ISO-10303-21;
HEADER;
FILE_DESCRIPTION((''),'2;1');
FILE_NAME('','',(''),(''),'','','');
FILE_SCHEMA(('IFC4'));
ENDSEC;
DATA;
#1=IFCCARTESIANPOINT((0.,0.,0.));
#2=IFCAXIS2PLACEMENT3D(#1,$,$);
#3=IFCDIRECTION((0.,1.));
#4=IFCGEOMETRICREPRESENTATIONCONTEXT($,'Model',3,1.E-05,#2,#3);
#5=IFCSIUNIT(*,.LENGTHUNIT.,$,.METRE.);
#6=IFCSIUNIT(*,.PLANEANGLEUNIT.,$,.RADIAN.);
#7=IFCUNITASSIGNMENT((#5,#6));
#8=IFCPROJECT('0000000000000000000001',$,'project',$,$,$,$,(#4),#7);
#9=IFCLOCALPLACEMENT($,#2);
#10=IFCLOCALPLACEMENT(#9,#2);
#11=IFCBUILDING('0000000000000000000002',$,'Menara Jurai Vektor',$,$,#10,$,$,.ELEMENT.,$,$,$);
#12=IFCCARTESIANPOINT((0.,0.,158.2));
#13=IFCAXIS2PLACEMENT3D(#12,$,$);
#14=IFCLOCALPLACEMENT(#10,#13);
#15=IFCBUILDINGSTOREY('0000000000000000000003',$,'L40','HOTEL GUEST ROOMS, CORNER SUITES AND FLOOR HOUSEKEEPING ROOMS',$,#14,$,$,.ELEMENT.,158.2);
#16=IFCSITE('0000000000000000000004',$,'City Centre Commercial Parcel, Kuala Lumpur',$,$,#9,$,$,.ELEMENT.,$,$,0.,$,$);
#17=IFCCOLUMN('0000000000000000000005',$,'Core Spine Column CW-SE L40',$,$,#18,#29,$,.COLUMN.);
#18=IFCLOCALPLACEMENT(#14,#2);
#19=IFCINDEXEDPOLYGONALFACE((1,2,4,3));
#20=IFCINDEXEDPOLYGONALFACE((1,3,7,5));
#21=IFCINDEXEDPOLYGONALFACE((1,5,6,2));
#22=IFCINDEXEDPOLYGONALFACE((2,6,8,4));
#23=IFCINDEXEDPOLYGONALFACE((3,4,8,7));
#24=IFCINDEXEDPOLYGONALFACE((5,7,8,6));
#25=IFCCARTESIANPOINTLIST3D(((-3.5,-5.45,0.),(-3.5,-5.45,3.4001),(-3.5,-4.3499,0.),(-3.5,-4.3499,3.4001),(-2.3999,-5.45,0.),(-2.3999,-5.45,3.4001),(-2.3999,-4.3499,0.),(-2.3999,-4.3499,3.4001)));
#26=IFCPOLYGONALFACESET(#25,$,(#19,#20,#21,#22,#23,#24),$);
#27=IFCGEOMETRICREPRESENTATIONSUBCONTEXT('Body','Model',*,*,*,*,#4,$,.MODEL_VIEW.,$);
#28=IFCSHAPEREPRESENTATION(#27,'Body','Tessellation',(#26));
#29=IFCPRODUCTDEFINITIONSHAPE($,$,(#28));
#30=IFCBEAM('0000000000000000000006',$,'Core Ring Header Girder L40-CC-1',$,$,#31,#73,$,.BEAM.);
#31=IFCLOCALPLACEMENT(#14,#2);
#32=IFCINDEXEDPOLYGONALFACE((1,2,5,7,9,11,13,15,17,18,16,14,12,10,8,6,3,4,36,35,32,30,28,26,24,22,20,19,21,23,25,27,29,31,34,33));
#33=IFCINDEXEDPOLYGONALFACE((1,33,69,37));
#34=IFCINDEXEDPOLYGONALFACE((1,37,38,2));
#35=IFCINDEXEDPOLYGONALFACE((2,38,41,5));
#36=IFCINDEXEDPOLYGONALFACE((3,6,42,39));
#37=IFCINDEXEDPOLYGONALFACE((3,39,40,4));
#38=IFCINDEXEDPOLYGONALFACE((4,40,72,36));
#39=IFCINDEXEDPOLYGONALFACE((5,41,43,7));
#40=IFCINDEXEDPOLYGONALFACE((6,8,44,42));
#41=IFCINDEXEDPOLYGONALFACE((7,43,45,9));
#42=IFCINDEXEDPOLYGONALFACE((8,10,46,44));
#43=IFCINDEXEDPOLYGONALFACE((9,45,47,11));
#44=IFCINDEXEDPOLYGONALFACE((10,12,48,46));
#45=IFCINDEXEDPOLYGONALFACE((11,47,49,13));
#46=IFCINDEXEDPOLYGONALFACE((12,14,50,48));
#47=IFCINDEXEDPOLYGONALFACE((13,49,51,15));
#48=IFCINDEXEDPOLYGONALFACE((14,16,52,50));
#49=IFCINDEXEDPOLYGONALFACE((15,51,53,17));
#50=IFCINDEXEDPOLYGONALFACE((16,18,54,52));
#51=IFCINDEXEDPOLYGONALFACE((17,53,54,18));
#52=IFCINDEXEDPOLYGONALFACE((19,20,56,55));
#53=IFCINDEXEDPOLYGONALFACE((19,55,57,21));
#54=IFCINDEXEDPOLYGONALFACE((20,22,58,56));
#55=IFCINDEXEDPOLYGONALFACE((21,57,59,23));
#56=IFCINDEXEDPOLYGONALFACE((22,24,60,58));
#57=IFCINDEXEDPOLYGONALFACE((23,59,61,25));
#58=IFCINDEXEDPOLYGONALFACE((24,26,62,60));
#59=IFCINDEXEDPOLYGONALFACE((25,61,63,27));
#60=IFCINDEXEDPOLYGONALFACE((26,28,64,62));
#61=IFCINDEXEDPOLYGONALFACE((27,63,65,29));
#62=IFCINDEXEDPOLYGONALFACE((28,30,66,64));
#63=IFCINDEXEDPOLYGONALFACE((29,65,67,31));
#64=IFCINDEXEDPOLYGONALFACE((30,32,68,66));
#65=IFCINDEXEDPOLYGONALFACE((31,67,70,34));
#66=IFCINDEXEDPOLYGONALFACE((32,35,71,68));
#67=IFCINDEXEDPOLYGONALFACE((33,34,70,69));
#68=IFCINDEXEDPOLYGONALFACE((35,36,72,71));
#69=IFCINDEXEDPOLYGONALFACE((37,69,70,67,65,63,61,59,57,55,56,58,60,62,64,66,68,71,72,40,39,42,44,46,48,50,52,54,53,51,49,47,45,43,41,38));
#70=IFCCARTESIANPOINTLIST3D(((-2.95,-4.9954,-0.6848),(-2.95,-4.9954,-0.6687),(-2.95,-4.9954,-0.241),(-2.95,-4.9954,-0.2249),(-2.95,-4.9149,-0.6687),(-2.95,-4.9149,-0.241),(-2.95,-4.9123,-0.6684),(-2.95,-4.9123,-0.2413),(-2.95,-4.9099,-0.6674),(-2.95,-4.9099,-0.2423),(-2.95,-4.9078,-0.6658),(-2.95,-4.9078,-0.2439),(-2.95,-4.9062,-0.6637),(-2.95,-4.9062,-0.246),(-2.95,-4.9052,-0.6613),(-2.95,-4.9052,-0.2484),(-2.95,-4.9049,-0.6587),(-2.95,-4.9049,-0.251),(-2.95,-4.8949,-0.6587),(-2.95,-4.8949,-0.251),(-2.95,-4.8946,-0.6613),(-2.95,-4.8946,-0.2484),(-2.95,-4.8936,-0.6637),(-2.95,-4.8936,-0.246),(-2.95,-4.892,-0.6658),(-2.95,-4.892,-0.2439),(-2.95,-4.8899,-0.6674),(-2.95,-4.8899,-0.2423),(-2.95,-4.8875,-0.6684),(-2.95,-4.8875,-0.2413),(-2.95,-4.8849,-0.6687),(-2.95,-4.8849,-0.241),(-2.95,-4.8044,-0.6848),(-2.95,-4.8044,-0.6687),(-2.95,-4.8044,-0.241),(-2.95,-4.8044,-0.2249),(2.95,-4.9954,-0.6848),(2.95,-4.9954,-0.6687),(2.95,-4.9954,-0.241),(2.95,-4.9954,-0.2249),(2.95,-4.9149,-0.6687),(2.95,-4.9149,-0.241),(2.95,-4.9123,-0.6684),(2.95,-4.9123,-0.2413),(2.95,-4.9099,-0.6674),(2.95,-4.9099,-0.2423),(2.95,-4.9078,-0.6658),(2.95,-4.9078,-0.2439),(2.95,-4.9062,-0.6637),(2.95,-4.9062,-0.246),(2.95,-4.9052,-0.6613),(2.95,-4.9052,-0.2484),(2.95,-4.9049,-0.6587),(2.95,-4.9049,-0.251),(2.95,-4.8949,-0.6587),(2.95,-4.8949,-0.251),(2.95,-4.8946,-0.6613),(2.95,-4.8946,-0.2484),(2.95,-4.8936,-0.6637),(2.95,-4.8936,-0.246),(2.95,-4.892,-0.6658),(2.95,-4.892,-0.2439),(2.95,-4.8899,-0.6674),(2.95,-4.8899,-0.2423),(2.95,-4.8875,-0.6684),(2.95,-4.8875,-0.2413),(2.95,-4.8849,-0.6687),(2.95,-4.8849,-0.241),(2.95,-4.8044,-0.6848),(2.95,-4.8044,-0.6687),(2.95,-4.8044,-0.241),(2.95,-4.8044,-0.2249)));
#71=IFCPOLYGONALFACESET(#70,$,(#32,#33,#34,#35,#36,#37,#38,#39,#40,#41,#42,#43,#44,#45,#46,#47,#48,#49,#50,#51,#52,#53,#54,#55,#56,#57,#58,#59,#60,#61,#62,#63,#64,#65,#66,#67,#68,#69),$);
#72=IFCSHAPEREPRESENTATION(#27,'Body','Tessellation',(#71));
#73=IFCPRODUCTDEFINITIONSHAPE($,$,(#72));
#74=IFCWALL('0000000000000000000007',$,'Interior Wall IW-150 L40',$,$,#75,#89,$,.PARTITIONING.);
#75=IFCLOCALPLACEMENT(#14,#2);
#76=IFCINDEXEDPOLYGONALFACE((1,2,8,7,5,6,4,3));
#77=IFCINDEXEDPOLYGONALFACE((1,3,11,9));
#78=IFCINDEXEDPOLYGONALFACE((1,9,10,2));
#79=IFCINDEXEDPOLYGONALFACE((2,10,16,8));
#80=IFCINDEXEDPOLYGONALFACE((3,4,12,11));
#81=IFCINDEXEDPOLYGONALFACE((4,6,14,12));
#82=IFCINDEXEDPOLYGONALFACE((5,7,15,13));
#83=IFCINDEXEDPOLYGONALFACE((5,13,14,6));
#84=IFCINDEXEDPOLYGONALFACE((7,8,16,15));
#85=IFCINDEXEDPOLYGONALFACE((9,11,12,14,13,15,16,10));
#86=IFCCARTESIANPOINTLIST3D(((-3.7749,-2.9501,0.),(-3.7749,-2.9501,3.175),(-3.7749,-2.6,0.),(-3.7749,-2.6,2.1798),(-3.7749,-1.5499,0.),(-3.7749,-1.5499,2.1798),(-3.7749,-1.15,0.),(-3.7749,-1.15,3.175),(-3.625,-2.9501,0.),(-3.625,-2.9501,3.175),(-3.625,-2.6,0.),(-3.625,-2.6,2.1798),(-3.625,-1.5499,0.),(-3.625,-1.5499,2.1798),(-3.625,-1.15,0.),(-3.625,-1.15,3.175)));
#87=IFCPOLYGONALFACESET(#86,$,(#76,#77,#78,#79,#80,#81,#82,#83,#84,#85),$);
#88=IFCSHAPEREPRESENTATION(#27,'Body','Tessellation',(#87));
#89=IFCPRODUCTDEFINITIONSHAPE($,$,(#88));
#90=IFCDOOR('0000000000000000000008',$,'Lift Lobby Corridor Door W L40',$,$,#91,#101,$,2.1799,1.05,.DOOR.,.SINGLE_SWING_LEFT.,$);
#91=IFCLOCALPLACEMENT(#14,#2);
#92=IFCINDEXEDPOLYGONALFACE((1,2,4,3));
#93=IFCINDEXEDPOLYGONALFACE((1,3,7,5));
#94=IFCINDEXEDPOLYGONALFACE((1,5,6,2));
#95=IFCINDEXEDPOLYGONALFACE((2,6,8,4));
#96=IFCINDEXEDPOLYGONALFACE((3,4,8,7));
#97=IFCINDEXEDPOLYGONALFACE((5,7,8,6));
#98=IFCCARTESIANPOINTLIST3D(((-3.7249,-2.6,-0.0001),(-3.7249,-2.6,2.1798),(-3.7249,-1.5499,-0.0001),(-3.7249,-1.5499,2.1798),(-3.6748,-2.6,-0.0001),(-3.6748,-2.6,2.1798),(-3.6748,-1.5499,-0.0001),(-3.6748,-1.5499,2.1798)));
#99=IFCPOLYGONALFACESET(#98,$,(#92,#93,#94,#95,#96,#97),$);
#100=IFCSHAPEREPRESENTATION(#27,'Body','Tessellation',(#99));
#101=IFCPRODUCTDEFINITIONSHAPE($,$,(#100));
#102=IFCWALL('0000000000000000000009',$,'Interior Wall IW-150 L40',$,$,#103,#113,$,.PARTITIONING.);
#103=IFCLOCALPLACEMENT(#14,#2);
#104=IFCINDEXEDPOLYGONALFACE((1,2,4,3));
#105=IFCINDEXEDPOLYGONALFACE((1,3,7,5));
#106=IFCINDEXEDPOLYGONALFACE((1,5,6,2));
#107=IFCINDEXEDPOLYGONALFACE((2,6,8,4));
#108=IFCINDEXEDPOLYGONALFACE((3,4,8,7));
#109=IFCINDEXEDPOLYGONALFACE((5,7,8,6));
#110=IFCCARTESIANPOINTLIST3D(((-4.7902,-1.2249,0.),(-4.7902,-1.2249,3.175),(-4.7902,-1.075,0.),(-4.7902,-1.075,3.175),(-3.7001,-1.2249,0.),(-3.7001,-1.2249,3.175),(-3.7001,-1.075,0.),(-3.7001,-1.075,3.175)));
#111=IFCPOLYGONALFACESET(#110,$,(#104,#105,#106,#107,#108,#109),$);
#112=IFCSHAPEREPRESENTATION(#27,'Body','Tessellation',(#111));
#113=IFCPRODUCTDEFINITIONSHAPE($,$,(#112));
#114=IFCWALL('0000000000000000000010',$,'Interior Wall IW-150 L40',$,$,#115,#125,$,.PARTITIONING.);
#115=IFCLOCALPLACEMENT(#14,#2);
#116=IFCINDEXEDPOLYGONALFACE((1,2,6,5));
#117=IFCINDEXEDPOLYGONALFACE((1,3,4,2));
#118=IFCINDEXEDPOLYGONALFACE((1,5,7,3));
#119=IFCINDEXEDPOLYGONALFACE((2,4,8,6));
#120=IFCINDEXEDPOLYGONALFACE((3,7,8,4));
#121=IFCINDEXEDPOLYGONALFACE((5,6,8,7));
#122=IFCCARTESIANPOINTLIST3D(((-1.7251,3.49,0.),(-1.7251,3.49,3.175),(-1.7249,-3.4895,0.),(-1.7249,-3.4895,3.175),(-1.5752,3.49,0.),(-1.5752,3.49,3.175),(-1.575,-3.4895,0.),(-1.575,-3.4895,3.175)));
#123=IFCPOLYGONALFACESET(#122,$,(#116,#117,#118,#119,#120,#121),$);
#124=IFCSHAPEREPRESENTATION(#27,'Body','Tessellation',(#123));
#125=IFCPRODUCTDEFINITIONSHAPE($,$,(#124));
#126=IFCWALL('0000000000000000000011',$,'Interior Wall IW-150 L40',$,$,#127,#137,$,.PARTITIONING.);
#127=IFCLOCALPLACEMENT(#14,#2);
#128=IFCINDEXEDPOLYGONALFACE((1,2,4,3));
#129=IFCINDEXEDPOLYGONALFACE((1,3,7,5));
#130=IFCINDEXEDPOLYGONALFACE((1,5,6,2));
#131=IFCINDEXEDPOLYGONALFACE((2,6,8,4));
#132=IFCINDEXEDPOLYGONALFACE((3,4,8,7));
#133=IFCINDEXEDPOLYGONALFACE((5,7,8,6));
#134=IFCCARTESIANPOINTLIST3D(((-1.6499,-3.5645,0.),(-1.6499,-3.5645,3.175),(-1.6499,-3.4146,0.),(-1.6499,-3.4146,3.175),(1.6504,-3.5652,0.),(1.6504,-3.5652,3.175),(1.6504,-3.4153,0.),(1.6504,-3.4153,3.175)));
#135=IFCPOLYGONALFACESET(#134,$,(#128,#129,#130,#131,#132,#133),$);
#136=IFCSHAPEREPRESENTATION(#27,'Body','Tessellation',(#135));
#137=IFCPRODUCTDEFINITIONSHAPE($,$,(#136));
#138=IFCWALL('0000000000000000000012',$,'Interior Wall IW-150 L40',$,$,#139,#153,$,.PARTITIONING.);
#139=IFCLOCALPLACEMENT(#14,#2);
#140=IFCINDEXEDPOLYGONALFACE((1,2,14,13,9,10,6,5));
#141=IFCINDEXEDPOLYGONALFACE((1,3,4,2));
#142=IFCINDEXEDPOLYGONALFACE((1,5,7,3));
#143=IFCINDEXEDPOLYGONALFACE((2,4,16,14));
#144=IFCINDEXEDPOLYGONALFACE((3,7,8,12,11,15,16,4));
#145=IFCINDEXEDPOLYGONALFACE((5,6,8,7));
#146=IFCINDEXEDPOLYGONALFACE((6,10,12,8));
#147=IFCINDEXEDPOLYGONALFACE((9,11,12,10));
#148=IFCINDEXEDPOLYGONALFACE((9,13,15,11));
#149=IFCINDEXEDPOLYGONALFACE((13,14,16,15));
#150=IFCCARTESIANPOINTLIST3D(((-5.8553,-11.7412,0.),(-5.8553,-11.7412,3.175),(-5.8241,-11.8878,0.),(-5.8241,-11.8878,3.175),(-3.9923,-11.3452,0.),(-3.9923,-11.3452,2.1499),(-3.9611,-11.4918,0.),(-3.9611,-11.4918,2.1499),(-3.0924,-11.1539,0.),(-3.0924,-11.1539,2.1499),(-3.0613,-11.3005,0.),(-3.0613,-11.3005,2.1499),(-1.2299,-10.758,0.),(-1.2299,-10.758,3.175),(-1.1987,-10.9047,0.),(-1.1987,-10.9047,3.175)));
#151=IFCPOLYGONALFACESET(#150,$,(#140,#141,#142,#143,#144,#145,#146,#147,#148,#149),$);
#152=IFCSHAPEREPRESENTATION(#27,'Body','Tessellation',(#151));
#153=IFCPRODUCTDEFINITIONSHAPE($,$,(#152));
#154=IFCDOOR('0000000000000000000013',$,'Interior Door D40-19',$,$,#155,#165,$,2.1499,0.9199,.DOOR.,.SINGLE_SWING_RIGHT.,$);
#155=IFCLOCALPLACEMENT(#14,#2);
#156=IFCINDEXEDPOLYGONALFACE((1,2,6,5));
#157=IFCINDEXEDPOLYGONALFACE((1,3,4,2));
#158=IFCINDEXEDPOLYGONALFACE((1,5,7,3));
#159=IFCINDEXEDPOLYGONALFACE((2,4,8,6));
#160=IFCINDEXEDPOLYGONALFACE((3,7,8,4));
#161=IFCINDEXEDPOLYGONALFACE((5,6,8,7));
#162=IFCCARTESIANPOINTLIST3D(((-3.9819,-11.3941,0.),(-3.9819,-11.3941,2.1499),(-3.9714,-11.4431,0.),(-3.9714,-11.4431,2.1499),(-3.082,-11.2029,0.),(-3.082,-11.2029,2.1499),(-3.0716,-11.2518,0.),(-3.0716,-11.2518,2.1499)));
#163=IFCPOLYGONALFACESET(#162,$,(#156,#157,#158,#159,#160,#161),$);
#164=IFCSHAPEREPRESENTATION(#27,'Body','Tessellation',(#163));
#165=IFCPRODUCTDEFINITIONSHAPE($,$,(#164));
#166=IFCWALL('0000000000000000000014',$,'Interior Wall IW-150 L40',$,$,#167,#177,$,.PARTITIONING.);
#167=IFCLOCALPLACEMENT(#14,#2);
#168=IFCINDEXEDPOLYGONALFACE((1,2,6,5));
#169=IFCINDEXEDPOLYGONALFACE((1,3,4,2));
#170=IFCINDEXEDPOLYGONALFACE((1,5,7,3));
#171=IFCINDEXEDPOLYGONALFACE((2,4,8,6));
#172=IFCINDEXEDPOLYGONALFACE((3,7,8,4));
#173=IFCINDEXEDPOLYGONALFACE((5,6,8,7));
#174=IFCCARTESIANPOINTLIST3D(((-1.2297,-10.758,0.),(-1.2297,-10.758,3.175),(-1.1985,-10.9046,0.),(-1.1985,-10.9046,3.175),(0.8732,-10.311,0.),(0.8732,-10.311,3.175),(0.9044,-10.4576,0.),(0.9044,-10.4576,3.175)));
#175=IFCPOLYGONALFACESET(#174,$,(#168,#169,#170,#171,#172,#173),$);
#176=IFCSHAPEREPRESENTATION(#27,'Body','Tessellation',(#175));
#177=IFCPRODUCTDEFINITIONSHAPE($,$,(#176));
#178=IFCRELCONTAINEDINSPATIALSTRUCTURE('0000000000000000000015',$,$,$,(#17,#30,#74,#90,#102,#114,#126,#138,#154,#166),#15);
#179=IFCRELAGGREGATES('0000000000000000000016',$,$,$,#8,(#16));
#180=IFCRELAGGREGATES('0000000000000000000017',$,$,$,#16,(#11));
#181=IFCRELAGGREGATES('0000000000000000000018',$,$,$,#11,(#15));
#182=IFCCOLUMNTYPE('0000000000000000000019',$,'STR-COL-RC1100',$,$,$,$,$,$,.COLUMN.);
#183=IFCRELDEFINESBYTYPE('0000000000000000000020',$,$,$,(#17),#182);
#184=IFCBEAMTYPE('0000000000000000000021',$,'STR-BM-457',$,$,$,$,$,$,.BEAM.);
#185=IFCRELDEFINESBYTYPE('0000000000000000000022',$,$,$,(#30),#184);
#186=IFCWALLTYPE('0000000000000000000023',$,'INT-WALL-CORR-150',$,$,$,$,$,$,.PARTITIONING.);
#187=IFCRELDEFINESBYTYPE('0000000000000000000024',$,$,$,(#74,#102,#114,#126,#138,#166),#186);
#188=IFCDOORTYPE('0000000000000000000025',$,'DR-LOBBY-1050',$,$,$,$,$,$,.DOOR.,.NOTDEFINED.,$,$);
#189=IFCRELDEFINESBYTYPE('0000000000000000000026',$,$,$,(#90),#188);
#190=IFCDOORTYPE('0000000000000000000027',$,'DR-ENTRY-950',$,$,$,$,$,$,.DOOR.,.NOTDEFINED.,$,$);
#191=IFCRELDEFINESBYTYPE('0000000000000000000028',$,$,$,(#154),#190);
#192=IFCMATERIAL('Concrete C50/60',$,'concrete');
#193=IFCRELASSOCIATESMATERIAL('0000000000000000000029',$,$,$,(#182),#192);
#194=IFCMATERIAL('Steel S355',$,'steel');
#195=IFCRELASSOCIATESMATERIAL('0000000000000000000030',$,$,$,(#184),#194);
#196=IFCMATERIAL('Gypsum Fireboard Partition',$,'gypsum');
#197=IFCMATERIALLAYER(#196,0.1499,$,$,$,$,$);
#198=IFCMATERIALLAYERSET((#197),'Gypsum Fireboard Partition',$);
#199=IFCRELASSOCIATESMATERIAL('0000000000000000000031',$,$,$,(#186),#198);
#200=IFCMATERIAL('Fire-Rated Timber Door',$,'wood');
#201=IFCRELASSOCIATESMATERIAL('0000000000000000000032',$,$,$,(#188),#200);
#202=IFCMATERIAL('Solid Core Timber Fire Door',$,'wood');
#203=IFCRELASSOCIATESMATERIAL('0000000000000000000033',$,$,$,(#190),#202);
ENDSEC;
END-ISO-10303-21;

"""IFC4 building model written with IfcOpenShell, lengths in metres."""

from ifc_helpers import new_model, si_unit, direction, frame, frame_2d, origin, origin_2d, place, context, subcontext, project, spatial, rectangle, i_section, extrude, material, layer, layer_set, material_profile, profile_set, type_object, element, fill, save


model = new_model("IFC4")

# Units and contexts
model_context = context("Model", 3, precision=1e-05, world=origin(), true_north=direction((0.0, 1.0)))
body_context = subcontext(model_context, "Body", "Model", "MODEL_VIEW")
ifc_project = project(units=[si_unit("LENGTHUNIT", "METRE"), si_unit("PLANEANGLEUNIT", "RADIAN")], contexts=[model_context])

# Site, building, storey
site_placement = place(None, origin())
site = spatial("IfcSite", under=ifc_project, at=site_placement, Name="City Centre Commercial Parcel, Kuala Lumpur", CompositionType="ELEMENT", RefElevation=0.0)
building_placement = place(site_placement, origin())
building = spatial("IfcBuilding", under=site, at=building_placement, Name="Menara Jurai Vektor", CompositionType="ELEMENT")
storey_placement = place(building_placement, frame((0.0, 0.0, 158.2)))
storey = spatial("IfcBuildingStorey", under=building, at=storey_placement, Name="L40", Description="HOTEL GUEST ROOMS, CORNER SUITES AND FLOOR HOUSEKEEPING ROOMS", CompositionType="ELEMENT", Elevation=158.2)

# Column
ifc_material_1 = material(Name="Concrete C50/60", Category="concrete")
ifc_material_profile_1 = material_profile(ifc_material_1, rectangle(XDim=1.1001, YDim=1.1001, at=origin_2d()), Name="RC 1100x1100")
ifc_profile_set_1 = profile_set([ifc_material_profile_1], Name="Concrete C50/60")
column_type = type_object("IfcColumnType", Name="STR-COL-RC1100", PredefinedType="COLUMN", material=ifc_profile_set_1)
column_placement = place(storey_placement, frame((-2.95, -4.8999, 0.0), z_axis=(0.0, 0.0, 1.0), x_axis=(1.0, 0.0, 0.0)))
element("IfcColumn", 1, at=column_placement, inside=storey, type_object=column_type, Name="Core Spine Column CW-SE L40", PredefinedType="COLUMN", context=body_context, shape_type="SweptSolid", body=[
    extrude(rectangle(XDim=1.1001, YDim=1.1001, at=origin_2d()), origin(), (0.0, 0.0, 1.0), 3.4001),
])

# Beam
ifc_material_2 = material(Name="Steel S355", Category="steel")
ifc_material_profile_2 = material_profile(ifc_material_2, i_section(OverallWidth=0.1909, OverallDepth=0.46, WebThickness=0.01, FlangeThickness=0.0161, FilletRadius=0.01, at=origin_2d()), Name="UKB 457x191x82")
ifc_profile_set_2 = profile_set([ifc_material_profile_2], Name="Steel S355")
beam_type = type_object("IfcBeamType", Name="STR-BM-457", PredefinedType="BEAM", material=ifc_profile_set_2)
beam_placement = place(storey_placement, frame((-2.95, -4.8999, -0.4548), z_axis=(1.0, 0.0, 0.0), x_axis=(0.0, 1.0, 0.0)))
element("IfcBeam", 2, at=beam_placement, inside=storey, type_object=beam_type, Name="Core Ring Header Girder L40-CC-1", PredefinedType="BEAM", context=body_context, shape_type="SweptSolid", body=[
    extrude(i_section(OverallWidth=0.1909, OverallDepth=0.46, WebThickness=0.01, FlangeThickness=0.0161, FilletRadius=0.01, at=origin_2d()), origin(), (0.0, 0.0, 1.0), 5.8999),
])

# Wall, opening, door
ifc_material_3 = material(Name="Gypsum Fireboard Partition", Category="gypsum")
ifc_layer_1 = layer(ifc_material_3, 0.1499)
ifc_layer_set_1 = layer_set([ifc_layer_1], Name="Gypsum Fireboard Partition")
wall_type_1 = type_object("IfcWallType", Name="INT-WALL-CORR-150", PredefinedType="PARTITIONING", material=ifc_layer_set_1)
wall_1_placement = place(storey_placement, frame((-3.7, -2.95, 0.0), z_axis=(0.0, 0.0, 1.0), x_axis=(0.0, 1.0, 0.0)))
wall_1 = element("IfcWall", 3, at=wall_1_placement, inside=storey, type_object=wall_type_1, Name="Interior Wall IW-150 L40", PredefinedType="PARTITIONING", context=body_context, shape_type="SweptSolid", body=[
    extrude(rectangle(XDim=1.8, YDim=0.1499, at=frame_2d((0.8999, 0.0))), origin(), (0.0, 0.0, 1.0), 3.175),
])
opening_1_placement = place(wall_1_placement, frame((0.3501, 0.0, 0.0)))
opening_1 = element("IfcOpeningElement", 4, at=opening_1_placement, cuts=wall_1, PredefinedType="OPENING", context=body_context, shape_type="SweptSolid", body=[
    extrude(rectangle(XDim=1.05, YDim=2.1799, at=frame_2d((0.5249, 1.0898))), frame((0.0, 0.085, 0.0), z_axis=(0.0, -1.0, 0.0), x_axis=(1.0, 0.0, 0.0)), (0.0, 0.0, 1.0), 0.1699),
])
ifc_material_4 = material(Name="Fire-Rated Timber Door", Category="wood")
door_type_1 = type_object("IfcDoorType", Name="DR-LOBBY-1050", OperationType="NOTDEFINED", PredefinedType="DOOR", material=ifc_material_4)
door_1_placement = place(opening_1_placement, origin())
door_1 = element("IfcDoor", 5, at=door_1_placement, inside=storey, type_object=door_type_1, Name="Lift Lobby Corridor Door W L40", OperationType="SINGLE_SWING_LEFT", OverallHeight=2.1799, OverallWidth=1.05, PredefinedType="DOOR", context=body_context, shape_type="SweptSolid", body=[
    extrude(rectangle(XDim=1.05, YDim=2.1799, at=frame_2d((0.5249, 1.0898))), frame((0.0, 0.0249, 0.0), z_axis=(0.0, -1.0, 0.0), x_axis=(1.0, 0.0, 0.0)), (0.0, 0.0, 1.0), 0.05),
])
fill(opening_1, door_1)

# Walls
wall_2_placement = place(storey_placement, frame((-4.79, -1.1499, 0.0), z_axis=(0.0, 0.0, 1.0), x_axis=(1.0, 0.0, 0.0)))
element("IfcWall", 6, at=wall_2_placement, inside=storey, type_object=wall_type_1, Name="Interior Wall IW-150 L40", PredefinedType="PARTITIONING", context=body_context, shape_type="SweptSolid", body=[
    extrude(rectangle(XDim=1.0901, YDim=0.1499, at=frame_2d((0.5449, 0.0))), origin(), (0.0, 0.0, 1.0), 3.175),
])
wall_3_placement = place(storey_placement, frame((-1.6499, -3.4895, 0.0), z_axis=(0.0, 0.0, 1.0), x_axis=(-0.000035, 1.0, 0.0)))
element("IfcWall", 7, at=wall_3_placement, inside=storey, type_object=wall_type_1, Name="Interior Wall IW-150 L40", PredefinedType="PARTITIONING", context=body_context, shape_type="SweptSolid", body=[
    extrude(rectangle(XDim=6.9795, YDim=0.1499, at=frame_2d((3.4897, 0.0))), origin(), (0.0, 0.0, 1.0), 3.175),
])
wall_4_placement = place(storey_placement, frame((-1.6499, -3.4895, 0.0), z_axis=(0.0, 0.0, 1.0), x_axis=(1.0, -0.000222, 0.0)))
element("IfcWall", 8, at=wall_4_placement, inside=storey, type_object=wall_type_1, Name="Interior Wall IW-150 L40", PredefinedType="PARTITIONING", context=body_context, shape_type="SweptSolid", body=[
    extrude(rectangle(XDim=3.3003, YDim=0.1499, at=frame_2d((1.6501, 0.0))), origin(), (0.0, 0.0, 1.0), 3.175),
])

# Wall, opening, door
wall_5_placement = place(storey_placement, frame((-5.8396, -11.8145, 0.0), z_axis=(0.0, 0.0, 1.0), x_axis=(0.978149, 0.207907, 0.0)))
wall_5 = element("IfcWall", 9, at=wall_5_placement, inside=storey, type_object=wall_type_1, Name="Interior Wall IW-150 L40", PredefinedType="PARTITIONING", context=body_context, shape_type="SweptSolid", body=[
    extrude(rectangle(XDim=4.7288, YDim=0.1499, at=frame_2d((2.3643, 0.0))), origin(), (0.0, 0.0, 1.0), 3.175),
])
opening_2_placement = place(wall_5_placement, frame((1.9045, 0.0, 0.0)))
opening_2 = element("IfcOpeningElement", 10, at=opening_2_placement, cuts=wall_5, PredefinedType="OPENING", context=body_context, shape_type="SweptSolid", body=[
    extrude(rectangle(XDim=0.9199, YDim=2.1499, at=frame_2d((0.46, 1.075))), frame((0.0, 0.085, 0.0), z_axis=(0.0, -1.0, 0.0), x_axis=(1.0, 0.0, 0.0)), (0.0, 0.0, 1.0), 0.1699),
])
ifc_material_5 = material(Name="Solid Core Timber Fire Door", Category="wood")
door_type_2 = type_object("IfcDoorType", Name="DR-ENTRY-950", OperationType="NOTDEFINED", PredefinedType="DOOR", material=ifc_material_5)
door_2_placement = place(opening_2_placement, origin())
door_2 = element("IfcDoor", 11, at=door_2_placement, inside=storey, type_object=door_type_2, Name="Interior Door D40-19", OperationType="SINGLE_SWING_RIGHT", OverallHeight=2.1499, OverallWidth=0.9199, PredefinedType="DOOR", context=body_context, shape_type="SweptSolid", body=[
    extrude(rectangle(XDim=0.9199, YDim=2.1499, at=frame_2d((0.46, 1.075))), frame((0.0, 0.0249, 0.0), z_axis=(0.0, -1.0, 0.0), x_axis=(1.0, 0.0, 0.0)), (0.0, 0.0, 1.0), 0.05),
])
fill(opening_2, door_2)

# Wall
wall_6_placement = place(storey_placement, frame((-1.2141, -10.8313, 0.0), z_axis=(0.0, 0.0, 1.0), x_axis=(0.978147, 0.207916, 0.0)))
element("IfcWall", 12, at=wall_6_placement, inside=storey, type_object=wall_type_1, Name="Interior Wall IW-150 L40", PredefinedType="PARTITIONING", context=body_context, shape_type="SweptSolid", body=[
    extrude(rectangle(XDim=2.1499, YDim=0.1499, at=frame_2d((1.075, 0.0))), origin(), (0.0, 0.0, 1.0), 3.175),
])

save(model, "model.ifc")
